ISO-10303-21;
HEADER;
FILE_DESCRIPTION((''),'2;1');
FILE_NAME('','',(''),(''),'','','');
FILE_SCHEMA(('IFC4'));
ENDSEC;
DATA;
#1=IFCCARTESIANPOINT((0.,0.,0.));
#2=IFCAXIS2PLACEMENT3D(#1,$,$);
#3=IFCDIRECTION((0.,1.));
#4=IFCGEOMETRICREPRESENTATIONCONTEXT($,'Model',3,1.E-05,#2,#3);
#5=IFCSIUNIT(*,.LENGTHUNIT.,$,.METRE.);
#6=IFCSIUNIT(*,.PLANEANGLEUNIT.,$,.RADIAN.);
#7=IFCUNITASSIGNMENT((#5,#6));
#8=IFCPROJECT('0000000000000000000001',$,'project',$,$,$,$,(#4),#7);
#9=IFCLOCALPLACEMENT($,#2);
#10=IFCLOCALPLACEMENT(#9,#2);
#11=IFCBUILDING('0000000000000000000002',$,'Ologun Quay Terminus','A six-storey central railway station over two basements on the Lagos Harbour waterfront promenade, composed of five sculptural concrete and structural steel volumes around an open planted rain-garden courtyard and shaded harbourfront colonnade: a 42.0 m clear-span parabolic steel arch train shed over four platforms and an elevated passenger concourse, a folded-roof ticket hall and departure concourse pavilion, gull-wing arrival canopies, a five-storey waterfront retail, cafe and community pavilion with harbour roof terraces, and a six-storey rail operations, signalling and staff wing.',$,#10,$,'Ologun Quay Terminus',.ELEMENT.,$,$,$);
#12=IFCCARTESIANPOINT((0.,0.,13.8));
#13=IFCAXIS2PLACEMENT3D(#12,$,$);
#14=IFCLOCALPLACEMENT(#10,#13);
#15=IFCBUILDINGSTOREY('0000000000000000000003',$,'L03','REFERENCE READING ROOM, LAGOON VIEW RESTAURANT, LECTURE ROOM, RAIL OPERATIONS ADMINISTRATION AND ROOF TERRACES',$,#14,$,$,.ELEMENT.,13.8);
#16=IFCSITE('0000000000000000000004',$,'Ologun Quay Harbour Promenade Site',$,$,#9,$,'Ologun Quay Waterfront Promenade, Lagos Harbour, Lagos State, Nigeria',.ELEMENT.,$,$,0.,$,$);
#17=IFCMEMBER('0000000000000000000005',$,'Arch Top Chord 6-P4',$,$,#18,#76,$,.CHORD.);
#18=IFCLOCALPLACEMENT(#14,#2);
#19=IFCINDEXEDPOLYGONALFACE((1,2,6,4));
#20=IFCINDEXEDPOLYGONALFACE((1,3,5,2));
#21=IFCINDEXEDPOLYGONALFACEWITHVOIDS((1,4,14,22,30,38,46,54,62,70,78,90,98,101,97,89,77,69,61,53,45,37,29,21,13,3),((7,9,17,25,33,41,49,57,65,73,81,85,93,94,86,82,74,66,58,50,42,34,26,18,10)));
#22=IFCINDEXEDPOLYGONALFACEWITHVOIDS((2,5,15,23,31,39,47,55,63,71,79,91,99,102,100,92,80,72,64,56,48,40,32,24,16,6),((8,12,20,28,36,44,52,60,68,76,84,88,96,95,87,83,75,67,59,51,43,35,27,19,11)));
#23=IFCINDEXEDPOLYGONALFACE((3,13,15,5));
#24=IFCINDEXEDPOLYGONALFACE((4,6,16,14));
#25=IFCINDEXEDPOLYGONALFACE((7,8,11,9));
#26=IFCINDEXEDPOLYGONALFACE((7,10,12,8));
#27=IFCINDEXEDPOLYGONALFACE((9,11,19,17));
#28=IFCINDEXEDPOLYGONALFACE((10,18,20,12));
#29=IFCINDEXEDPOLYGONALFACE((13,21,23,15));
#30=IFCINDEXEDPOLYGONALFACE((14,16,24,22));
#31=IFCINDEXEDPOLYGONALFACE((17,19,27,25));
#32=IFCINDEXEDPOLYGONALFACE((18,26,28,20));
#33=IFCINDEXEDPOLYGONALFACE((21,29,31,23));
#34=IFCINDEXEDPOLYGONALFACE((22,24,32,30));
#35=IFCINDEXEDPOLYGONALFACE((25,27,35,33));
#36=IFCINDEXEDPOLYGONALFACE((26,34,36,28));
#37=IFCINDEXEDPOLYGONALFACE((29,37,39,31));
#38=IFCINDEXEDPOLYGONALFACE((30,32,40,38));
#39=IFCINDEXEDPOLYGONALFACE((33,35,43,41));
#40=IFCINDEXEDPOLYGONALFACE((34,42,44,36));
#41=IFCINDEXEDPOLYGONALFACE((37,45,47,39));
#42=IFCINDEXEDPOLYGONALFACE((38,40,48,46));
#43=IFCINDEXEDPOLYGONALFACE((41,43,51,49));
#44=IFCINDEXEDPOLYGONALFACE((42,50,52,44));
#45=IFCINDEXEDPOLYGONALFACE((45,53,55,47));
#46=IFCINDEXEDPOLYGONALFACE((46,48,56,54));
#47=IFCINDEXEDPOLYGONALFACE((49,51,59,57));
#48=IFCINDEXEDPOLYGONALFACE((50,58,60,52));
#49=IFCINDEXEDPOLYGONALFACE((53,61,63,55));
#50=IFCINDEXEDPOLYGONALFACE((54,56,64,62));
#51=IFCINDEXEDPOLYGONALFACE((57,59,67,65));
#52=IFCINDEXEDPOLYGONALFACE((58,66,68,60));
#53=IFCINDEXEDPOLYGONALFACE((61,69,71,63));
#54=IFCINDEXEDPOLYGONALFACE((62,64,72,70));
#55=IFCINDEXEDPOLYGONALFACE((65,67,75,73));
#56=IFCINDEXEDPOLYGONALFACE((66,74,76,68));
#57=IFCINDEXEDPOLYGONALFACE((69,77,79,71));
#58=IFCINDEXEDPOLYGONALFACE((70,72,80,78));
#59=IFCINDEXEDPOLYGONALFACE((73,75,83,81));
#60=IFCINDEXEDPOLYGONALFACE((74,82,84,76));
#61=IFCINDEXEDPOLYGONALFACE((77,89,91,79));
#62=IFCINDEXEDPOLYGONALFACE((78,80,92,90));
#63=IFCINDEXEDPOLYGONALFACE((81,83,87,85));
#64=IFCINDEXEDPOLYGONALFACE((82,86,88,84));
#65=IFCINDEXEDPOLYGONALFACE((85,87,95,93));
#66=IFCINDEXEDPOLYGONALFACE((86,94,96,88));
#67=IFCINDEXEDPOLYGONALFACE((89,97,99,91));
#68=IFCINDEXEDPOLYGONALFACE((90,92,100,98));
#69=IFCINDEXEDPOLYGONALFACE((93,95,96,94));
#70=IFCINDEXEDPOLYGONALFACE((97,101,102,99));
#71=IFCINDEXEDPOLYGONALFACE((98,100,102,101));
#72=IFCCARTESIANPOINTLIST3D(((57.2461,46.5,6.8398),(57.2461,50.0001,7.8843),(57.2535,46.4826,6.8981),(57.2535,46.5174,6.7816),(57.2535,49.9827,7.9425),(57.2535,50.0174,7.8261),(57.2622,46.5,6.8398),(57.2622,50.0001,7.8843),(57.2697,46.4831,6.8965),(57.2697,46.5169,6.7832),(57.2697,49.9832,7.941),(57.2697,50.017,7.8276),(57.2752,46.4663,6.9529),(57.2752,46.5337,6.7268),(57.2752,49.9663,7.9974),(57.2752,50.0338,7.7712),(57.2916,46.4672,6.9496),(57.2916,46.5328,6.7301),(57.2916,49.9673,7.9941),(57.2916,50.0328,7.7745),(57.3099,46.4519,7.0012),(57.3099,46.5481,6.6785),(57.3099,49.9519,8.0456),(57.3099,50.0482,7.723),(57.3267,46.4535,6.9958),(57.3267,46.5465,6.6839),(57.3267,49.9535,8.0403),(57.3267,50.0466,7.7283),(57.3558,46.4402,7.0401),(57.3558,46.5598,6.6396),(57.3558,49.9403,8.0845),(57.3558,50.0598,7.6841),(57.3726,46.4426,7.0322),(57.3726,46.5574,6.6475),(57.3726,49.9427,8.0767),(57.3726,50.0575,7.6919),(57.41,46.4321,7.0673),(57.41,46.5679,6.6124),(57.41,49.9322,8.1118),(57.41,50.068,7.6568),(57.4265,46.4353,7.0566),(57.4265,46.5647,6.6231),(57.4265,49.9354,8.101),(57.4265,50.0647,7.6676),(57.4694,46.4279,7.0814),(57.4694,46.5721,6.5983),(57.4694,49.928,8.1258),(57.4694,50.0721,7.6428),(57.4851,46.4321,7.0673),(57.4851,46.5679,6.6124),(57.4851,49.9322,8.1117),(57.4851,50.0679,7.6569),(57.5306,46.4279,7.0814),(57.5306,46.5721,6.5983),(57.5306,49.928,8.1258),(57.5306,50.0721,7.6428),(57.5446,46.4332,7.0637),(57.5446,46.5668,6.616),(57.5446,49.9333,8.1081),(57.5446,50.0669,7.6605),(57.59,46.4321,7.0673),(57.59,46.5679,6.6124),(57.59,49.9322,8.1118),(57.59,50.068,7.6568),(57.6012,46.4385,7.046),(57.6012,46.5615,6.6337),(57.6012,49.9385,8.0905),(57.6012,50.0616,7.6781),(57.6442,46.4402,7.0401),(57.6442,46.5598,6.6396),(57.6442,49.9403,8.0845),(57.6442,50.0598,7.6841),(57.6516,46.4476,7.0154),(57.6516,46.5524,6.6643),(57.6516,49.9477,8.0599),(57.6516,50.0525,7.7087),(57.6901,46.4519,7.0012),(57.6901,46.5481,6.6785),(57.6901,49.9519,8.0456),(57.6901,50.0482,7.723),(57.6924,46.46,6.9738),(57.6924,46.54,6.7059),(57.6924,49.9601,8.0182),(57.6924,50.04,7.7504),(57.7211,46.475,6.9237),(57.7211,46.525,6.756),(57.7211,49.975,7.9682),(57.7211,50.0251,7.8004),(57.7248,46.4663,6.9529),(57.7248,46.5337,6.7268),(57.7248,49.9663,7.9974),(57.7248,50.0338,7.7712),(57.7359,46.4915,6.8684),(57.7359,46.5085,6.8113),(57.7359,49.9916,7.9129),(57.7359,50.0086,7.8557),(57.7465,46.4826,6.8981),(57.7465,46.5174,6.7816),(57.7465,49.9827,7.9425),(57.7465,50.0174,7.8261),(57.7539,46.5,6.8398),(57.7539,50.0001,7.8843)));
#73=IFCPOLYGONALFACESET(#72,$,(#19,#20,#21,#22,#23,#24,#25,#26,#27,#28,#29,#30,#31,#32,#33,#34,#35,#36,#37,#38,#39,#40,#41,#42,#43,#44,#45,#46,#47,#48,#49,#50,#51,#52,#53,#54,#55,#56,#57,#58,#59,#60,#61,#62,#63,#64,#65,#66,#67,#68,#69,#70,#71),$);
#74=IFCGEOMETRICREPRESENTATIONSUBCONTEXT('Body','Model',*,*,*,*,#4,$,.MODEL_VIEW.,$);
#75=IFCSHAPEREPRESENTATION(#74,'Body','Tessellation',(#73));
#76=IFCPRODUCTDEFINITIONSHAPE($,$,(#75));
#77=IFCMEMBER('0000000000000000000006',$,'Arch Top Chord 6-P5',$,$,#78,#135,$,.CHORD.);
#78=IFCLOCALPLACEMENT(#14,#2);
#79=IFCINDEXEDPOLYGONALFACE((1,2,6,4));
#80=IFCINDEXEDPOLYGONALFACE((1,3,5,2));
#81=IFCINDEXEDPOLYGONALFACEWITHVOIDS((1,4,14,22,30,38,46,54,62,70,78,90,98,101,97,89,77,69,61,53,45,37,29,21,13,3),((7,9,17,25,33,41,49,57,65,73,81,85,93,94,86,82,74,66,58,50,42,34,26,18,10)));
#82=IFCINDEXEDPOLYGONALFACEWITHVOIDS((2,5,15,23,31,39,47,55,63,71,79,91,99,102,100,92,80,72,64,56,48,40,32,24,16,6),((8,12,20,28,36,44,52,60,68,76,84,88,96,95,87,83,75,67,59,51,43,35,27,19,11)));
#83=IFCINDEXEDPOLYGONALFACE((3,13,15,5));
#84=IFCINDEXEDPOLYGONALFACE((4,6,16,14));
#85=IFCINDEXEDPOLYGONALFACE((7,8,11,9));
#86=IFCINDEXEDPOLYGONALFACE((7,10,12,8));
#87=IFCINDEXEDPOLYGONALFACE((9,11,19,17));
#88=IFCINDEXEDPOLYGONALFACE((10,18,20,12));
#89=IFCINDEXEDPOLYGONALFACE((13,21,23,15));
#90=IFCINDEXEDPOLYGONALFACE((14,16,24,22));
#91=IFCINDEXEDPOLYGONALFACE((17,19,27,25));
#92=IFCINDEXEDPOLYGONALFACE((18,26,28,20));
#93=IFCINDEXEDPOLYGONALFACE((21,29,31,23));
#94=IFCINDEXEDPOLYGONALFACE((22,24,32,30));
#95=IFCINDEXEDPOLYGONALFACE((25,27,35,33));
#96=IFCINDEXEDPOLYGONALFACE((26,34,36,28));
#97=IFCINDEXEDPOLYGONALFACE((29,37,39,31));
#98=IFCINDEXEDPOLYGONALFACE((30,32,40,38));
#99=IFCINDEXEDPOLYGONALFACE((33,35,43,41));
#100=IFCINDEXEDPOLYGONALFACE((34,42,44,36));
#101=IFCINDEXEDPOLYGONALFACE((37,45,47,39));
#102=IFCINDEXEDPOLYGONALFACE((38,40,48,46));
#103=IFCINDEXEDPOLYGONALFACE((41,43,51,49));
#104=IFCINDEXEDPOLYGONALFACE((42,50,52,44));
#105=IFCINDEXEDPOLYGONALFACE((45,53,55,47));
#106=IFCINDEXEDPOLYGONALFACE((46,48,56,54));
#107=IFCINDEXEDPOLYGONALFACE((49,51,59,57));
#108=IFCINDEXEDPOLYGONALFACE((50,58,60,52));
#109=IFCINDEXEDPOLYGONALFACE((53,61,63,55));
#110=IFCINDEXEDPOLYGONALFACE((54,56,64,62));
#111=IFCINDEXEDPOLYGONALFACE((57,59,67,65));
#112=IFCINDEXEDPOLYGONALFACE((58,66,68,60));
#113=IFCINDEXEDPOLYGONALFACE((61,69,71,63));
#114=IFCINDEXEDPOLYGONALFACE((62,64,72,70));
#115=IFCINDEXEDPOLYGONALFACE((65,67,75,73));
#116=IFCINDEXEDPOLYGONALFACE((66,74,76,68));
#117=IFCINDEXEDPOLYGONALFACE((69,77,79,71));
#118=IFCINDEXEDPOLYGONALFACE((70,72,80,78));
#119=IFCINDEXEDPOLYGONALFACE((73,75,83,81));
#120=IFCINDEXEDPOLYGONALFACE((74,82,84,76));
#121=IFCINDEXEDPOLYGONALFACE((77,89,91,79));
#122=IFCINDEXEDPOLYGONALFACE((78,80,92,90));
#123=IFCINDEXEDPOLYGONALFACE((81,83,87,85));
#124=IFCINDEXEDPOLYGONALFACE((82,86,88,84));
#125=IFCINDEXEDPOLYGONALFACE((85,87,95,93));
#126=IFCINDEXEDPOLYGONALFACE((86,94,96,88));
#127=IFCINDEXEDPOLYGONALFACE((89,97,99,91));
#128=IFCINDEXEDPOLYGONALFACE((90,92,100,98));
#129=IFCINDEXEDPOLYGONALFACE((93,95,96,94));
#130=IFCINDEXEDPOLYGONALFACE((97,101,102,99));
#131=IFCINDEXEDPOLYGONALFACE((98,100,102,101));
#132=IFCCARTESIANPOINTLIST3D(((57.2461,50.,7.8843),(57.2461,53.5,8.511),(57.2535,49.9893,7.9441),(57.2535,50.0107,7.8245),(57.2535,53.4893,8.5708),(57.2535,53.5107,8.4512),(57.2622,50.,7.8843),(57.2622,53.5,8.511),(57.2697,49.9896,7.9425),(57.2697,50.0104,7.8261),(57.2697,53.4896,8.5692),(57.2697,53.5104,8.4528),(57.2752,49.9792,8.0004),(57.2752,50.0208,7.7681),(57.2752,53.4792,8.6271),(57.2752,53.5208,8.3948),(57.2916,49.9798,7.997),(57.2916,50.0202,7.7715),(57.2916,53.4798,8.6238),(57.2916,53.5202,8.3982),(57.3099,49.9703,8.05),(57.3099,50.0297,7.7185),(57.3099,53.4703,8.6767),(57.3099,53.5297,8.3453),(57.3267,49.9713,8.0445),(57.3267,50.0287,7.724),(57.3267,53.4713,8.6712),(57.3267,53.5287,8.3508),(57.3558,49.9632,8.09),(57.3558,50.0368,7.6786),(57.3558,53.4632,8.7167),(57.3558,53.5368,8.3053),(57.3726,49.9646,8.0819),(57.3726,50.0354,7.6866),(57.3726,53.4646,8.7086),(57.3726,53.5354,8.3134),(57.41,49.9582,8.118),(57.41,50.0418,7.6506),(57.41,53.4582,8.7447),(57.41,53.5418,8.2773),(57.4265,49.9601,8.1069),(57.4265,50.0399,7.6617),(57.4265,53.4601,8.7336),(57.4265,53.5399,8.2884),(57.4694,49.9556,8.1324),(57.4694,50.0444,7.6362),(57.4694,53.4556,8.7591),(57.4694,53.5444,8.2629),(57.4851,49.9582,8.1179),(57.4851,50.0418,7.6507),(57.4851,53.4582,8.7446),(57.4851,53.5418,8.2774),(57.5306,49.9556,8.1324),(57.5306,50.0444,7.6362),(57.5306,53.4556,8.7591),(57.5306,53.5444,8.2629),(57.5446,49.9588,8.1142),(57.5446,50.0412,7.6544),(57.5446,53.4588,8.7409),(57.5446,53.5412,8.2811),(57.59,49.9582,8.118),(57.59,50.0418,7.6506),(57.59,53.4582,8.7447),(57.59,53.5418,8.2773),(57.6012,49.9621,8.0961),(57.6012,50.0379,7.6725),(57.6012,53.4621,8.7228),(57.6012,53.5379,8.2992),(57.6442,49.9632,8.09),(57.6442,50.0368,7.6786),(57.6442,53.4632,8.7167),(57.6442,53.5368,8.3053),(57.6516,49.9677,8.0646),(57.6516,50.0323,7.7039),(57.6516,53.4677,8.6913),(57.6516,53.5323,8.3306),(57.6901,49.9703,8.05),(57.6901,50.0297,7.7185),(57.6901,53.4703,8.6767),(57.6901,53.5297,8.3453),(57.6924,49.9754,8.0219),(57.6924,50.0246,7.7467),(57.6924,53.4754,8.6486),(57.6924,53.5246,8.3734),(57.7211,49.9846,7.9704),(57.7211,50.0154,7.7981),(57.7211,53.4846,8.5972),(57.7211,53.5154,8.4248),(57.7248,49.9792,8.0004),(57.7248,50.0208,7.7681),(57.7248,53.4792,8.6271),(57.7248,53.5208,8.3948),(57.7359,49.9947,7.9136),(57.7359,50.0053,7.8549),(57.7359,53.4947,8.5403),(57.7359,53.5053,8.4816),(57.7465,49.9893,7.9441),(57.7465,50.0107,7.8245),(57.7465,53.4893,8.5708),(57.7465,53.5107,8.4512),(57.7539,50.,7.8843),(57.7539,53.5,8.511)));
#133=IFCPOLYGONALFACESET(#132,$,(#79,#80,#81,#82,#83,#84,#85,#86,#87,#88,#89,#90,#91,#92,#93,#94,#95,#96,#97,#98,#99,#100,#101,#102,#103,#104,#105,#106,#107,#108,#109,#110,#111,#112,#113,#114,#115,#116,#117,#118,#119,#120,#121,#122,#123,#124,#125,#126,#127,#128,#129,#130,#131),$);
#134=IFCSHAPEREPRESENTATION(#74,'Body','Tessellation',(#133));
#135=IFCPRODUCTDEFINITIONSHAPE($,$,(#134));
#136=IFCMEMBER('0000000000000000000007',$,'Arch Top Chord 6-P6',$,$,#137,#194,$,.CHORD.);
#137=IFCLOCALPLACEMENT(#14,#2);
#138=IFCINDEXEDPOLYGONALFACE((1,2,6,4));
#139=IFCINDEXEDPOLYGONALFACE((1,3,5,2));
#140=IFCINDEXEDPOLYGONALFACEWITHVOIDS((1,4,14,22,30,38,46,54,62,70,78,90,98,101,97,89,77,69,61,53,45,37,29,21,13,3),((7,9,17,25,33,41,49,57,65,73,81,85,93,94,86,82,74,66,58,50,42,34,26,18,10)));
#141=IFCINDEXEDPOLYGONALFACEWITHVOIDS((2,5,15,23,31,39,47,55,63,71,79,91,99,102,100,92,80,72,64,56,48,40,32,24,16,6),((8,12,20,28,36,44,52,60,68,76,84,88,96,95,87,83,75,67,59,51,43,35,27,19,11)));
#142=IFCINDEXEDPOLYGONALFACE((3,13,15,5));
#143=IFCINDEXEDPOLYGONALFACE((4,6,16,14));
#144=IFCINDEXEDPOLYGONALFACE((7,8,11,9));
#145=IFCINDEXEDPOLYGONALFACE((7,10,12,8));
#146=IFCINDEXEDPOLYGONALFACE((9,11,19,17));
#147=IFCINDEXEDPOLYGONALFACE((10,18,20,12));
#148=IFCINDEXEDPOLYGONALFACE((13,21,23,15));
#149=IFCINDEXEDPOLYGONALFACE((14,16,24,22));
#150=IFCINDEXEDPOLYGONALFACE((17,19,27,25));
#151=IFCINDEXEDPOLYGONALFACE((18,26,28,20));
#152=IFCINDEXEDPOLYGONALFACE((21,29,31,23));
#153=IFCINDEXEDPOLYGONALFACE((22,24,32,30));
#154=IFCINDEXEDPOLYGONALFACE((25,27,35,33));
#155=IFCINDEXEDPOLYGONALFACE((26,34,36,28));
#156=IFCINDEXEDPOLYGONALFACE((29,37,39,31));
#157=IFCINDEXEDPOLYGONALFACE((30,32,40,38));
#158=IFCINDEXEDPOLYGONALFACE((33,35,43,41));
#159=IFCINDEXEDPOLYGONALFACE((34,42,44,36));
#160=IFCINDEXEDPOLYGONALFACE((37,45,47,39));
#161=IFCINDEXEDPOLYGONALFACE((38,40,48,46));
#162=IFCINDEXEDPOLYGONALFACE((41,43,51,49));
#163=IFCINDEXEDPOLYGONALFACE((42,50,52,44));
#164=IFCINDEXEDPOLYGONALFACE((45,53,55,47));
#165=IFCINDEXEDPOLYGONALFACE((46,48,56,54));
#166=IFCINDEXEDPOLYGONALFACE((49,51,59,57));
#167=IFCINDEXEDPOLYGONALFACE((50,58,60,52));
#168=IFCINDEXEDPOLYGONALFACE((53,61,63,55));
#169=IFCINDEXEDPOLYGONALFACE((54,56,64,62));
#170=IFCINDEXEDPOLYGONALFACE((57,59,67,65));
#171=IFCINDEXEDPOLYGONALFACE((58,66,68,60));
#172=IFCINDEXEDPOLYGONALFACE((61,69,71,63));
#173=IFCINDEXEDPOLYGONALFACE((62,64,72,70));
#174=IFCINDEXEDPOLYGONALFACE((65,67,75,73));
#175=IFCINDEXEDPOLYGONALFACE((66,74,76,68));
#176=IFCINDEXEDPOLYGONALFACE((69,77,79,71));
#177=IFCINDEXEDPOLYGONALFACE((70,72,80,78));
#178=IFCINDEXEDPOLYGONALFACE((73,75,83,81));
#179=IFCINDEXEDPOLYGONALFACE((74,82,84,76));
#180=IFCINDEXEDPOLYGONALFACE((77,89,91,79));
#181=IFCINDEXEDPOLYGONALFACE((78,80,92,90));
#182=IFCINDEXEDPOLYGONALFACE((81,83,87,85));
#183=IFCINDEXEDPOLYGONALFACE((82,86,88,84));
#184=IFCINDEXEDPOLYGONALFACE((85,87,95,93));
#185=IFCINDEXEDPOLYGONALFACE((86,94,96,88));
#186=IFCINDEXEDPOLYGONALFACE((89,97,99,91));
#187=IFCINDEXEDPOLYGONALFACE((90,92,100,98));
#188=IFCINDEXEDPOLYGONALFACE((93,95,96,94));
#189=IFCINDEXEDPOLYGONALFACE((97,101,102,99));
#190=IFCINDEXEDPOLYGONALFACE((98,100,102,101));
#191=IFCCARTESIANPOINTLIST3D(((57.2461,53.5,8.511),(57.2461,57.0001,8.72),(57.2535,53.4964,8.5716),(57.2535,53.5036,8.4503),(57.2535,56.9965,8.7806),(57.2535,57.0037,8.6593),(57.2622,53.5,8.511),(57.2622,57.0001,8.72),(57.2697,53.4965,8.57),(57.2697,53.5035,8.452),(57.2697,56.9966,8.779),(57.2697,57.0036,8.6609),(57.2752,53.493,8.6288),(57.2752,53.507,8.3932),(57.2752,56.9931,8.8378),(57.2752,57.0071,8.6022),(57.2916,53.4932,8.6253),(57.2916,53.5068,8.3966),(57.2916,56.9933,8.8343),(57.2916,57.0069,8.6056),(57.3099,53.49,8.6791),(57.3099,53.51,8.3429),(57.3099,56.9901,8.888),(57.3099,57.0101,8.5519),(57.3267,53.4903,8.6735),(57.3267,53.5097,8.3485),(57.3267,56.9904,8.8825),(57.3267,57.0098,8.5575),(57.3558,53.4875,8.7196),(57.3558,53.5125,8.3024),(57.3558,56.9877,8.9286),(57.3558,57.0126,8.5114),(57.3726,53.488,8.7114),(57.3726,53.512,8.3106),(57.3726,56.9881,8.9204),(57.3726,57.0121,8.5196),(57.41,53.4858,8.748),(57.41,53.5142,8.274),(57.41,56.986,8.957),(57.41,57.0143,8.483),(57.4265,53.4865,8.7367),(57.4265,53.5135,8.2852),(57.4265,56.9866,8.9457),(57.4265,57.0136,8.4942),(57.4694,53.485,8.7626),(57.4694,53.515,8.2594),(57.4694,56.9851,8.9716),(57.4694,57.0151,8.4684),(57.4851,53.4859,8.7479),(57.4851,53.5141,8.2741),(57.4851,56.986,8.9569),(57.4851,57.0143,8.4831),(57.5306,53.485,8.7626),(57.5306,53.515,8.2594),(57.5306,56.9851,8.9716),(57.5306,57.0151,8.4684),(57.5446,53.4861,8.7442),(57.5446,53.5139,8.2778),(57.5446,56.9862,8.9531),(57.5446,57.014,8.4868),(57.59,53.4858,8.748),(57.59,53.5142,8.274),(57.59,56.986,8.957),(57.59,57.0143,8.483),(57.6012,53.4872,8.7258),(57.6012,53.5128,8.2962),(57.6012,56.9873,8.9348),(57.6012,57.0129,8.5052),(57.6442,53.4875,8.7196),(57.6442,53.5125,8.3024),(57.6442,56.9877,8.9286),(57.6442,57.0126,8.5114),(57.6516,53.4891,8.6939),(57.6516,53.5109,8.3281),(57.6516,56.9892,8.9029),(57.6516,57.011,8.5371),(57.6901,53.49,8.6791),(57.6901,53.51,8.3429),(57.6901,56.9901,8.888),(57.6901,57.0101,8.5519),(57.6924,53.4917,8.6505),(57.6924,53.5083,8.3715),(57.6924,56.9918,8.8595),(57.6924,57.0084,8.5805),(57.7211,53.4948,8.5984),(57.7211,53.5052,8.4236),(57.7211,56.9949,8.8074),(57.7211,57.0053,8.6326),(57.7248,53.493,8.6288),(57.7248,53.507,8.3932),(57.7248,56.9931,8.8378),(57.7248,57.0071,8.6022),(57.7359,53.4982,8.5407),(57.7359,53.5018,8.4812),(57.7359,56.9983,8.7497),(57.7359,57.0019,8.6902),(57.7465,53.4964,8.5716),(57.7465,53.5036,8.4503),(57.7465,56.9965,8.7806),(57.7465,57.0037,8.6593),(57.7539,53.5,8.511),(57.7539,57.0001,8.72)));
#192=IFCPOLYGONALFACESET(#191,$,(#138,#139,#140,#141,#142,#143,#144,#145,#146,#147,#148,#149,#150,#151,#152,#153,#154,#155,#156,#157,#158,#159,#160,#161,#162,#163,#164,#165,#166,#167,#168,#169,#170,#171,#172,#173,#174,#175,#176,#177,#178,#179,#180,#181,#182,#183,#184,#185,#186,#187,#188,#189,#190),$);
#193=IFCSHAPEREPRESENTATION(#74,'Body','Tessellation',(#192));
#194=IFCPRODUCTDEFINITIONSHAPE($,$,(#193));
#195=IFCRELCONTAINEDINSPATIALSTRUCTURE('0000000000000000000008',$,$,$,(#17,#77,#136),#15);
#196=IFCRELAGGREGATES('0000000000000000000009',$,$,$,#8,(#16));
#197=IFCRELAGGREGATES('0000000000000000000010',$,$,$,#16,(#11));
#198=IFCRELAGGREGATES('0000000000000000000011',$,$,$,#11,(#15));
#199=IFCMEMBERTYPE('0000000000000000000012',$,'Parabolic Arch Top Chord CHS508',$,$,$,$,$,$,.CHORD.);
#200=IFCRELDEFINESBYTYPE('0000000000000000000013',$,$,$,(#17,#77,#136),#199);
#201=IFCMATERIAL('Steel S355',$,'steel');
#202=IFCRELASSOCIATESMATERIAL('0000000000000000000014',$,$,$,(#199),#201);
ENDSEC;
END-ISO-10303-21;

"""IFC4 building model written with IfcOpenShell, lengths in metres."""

from ifc_helpers import new_model, si_unit, direction, frame, origin, origin_2d, place, context, subcontext, project, spatial, hollow_circle, extrude, material, material_profile, profile_set, type_object, element, save


model = new_model("IFC4")

# Units and contexts
model_context = context("Model", 3, precision=1e-05, world=origin(), true_north=direction((0.0, 1.0)))
body_context = subcontext(model_context, "Body", "Model", "MODEL_VIEW")
ifc_project = project(units=[si_unit("LENGTHUNIT", "METRE"), si_unit("PLANEANGLEUNIT", "RADIAN")], contexts=[model_context])

# Site, building, storey
site_placement = place(None, origin())
site = spatial("IfcSite", under=ifc_project, at=site_placement, Name="Ologun Quay Harbour Promenade Site", LongName="Ologun Quay Waterfront Promenade, Lagos Harbour, Lagos State, Nigeria", CompositionType="ELEMENT", RefElevation=0.0)
building_placement = place(site_placement, origin())
building = spatial("IfcBuilding", under=site, at=building_placement, Name="Ologun Quay Terminus", Description="A six-storey central railway station over two basements on the Lagos Harbour waterfront promenade, composed of five sculptural concrete and structural steel volumes around an open planted rain-garden courtyard and shaded harbourfront colonnade: a 42.0 m clear-span parabolic steel arch train shed over four platforms and an elevated passenger concourse, a folded-roof ticket hall and departure concourse pavilion, gull-wing arrival canopies, a five-storey waterfront retail, cafe and community pavilion with harbour roof terraces, and a six-storey rail operations, signalling and staff wing.", LongName="Ologun Quay Terminus", CompositionType="ELEMENT")
storey_placement = place(building_placement, frame((0.0, 0.0, 13.8)))
storey = spatial("IfcBuildingStorey", under=building, at=storey_placement, Name="L03", Description="REFERENCE READING ROOM, LAGOON VIEW RESTAURANT, LECTURE ROOM, RAIL OPERATIONS ADMINISTRATION AND ROOF TERRACES", CompositionType="ELEMENT", Elevation=13.8)

# Members
ifc_material_1 = material(Name="Steel S355", Category="steel")
ifc_material_profile_1 = material_profile(ifc_material_1, hollow_circle(Radius=0.2539, WallThickness=0.0161, at=origin_2d()), Name="CHS 508x16")
ifc_profile_set_1 = profile_set([ifc_material_profile_1], Name="Steel S355")
member_type_1 = type_object("IfcMemberType", Name="Parabolic Arch Top Chord CHS508", PredefinedType="CHORD", material=ifc_profile_set_1)
member_1_placement = place(storey_placement, frame((57.5, 46.5, 6.8398), z_axis=(0.0, 0.958245, 0.285949), x_axis=(-1.0, 0.0, 0.0)))
element("IfcMember", 1, at=member_1_placement, inside=storey, type_object=member_type_1, Name="Arch Top Chord 6-P4", PredefinedType="CHORD", context=body_context, shape_type="SweptSolid", body=[
    extrude(hollow_circle(Radius=0.2539, WallThickness=0.0161, at=origin_2d()), origin(), (0.0, 0.0, 1.0), 3.6526),
])
member_2_placement = place(storey_placement, frame((57.5, 50.0, 7.8843), z_axis=(0.0, 0.984344, 0.176256), x_axis=(-1.0, 0.0, 0.0)))
element("IfcMember", 2, at=member_2_placement, inside=storey, type_object=member_type_1, Name="Arch Top Chord 6-P5", PredefinedType="CHORD", context=body_context, shape_type="SweptSolid", body=[
    extrude(hollow_circle(Radius=0.2539, WallThickness=0.0161, at=origin_2d()), origin(), (0.0, 0.0, 1.0), 3.5557),
])
member_3_placement = place(storey_placement, frame((57.5, 53.5, 8.511), z_axis=(0.0, 0.998222, 0.059604), x_axis=(-1.0, 0.0, 0.0)))
element("IfcMember", 3, at=member_3_placement, inside=storey, type_object=member_type_1, Name="Arch Top Chord 6-P6", PredefinedType="CHORD", context=body_context, shape_type="SweptSolid", body=[
    extrude(hollow_circle(Radius=0.2539, WallThickness=0.0161, at=origin_2d()), origin(), (0.0, 0.0, 1.0), 3.5063),
])

save(model, "model.ifc")
